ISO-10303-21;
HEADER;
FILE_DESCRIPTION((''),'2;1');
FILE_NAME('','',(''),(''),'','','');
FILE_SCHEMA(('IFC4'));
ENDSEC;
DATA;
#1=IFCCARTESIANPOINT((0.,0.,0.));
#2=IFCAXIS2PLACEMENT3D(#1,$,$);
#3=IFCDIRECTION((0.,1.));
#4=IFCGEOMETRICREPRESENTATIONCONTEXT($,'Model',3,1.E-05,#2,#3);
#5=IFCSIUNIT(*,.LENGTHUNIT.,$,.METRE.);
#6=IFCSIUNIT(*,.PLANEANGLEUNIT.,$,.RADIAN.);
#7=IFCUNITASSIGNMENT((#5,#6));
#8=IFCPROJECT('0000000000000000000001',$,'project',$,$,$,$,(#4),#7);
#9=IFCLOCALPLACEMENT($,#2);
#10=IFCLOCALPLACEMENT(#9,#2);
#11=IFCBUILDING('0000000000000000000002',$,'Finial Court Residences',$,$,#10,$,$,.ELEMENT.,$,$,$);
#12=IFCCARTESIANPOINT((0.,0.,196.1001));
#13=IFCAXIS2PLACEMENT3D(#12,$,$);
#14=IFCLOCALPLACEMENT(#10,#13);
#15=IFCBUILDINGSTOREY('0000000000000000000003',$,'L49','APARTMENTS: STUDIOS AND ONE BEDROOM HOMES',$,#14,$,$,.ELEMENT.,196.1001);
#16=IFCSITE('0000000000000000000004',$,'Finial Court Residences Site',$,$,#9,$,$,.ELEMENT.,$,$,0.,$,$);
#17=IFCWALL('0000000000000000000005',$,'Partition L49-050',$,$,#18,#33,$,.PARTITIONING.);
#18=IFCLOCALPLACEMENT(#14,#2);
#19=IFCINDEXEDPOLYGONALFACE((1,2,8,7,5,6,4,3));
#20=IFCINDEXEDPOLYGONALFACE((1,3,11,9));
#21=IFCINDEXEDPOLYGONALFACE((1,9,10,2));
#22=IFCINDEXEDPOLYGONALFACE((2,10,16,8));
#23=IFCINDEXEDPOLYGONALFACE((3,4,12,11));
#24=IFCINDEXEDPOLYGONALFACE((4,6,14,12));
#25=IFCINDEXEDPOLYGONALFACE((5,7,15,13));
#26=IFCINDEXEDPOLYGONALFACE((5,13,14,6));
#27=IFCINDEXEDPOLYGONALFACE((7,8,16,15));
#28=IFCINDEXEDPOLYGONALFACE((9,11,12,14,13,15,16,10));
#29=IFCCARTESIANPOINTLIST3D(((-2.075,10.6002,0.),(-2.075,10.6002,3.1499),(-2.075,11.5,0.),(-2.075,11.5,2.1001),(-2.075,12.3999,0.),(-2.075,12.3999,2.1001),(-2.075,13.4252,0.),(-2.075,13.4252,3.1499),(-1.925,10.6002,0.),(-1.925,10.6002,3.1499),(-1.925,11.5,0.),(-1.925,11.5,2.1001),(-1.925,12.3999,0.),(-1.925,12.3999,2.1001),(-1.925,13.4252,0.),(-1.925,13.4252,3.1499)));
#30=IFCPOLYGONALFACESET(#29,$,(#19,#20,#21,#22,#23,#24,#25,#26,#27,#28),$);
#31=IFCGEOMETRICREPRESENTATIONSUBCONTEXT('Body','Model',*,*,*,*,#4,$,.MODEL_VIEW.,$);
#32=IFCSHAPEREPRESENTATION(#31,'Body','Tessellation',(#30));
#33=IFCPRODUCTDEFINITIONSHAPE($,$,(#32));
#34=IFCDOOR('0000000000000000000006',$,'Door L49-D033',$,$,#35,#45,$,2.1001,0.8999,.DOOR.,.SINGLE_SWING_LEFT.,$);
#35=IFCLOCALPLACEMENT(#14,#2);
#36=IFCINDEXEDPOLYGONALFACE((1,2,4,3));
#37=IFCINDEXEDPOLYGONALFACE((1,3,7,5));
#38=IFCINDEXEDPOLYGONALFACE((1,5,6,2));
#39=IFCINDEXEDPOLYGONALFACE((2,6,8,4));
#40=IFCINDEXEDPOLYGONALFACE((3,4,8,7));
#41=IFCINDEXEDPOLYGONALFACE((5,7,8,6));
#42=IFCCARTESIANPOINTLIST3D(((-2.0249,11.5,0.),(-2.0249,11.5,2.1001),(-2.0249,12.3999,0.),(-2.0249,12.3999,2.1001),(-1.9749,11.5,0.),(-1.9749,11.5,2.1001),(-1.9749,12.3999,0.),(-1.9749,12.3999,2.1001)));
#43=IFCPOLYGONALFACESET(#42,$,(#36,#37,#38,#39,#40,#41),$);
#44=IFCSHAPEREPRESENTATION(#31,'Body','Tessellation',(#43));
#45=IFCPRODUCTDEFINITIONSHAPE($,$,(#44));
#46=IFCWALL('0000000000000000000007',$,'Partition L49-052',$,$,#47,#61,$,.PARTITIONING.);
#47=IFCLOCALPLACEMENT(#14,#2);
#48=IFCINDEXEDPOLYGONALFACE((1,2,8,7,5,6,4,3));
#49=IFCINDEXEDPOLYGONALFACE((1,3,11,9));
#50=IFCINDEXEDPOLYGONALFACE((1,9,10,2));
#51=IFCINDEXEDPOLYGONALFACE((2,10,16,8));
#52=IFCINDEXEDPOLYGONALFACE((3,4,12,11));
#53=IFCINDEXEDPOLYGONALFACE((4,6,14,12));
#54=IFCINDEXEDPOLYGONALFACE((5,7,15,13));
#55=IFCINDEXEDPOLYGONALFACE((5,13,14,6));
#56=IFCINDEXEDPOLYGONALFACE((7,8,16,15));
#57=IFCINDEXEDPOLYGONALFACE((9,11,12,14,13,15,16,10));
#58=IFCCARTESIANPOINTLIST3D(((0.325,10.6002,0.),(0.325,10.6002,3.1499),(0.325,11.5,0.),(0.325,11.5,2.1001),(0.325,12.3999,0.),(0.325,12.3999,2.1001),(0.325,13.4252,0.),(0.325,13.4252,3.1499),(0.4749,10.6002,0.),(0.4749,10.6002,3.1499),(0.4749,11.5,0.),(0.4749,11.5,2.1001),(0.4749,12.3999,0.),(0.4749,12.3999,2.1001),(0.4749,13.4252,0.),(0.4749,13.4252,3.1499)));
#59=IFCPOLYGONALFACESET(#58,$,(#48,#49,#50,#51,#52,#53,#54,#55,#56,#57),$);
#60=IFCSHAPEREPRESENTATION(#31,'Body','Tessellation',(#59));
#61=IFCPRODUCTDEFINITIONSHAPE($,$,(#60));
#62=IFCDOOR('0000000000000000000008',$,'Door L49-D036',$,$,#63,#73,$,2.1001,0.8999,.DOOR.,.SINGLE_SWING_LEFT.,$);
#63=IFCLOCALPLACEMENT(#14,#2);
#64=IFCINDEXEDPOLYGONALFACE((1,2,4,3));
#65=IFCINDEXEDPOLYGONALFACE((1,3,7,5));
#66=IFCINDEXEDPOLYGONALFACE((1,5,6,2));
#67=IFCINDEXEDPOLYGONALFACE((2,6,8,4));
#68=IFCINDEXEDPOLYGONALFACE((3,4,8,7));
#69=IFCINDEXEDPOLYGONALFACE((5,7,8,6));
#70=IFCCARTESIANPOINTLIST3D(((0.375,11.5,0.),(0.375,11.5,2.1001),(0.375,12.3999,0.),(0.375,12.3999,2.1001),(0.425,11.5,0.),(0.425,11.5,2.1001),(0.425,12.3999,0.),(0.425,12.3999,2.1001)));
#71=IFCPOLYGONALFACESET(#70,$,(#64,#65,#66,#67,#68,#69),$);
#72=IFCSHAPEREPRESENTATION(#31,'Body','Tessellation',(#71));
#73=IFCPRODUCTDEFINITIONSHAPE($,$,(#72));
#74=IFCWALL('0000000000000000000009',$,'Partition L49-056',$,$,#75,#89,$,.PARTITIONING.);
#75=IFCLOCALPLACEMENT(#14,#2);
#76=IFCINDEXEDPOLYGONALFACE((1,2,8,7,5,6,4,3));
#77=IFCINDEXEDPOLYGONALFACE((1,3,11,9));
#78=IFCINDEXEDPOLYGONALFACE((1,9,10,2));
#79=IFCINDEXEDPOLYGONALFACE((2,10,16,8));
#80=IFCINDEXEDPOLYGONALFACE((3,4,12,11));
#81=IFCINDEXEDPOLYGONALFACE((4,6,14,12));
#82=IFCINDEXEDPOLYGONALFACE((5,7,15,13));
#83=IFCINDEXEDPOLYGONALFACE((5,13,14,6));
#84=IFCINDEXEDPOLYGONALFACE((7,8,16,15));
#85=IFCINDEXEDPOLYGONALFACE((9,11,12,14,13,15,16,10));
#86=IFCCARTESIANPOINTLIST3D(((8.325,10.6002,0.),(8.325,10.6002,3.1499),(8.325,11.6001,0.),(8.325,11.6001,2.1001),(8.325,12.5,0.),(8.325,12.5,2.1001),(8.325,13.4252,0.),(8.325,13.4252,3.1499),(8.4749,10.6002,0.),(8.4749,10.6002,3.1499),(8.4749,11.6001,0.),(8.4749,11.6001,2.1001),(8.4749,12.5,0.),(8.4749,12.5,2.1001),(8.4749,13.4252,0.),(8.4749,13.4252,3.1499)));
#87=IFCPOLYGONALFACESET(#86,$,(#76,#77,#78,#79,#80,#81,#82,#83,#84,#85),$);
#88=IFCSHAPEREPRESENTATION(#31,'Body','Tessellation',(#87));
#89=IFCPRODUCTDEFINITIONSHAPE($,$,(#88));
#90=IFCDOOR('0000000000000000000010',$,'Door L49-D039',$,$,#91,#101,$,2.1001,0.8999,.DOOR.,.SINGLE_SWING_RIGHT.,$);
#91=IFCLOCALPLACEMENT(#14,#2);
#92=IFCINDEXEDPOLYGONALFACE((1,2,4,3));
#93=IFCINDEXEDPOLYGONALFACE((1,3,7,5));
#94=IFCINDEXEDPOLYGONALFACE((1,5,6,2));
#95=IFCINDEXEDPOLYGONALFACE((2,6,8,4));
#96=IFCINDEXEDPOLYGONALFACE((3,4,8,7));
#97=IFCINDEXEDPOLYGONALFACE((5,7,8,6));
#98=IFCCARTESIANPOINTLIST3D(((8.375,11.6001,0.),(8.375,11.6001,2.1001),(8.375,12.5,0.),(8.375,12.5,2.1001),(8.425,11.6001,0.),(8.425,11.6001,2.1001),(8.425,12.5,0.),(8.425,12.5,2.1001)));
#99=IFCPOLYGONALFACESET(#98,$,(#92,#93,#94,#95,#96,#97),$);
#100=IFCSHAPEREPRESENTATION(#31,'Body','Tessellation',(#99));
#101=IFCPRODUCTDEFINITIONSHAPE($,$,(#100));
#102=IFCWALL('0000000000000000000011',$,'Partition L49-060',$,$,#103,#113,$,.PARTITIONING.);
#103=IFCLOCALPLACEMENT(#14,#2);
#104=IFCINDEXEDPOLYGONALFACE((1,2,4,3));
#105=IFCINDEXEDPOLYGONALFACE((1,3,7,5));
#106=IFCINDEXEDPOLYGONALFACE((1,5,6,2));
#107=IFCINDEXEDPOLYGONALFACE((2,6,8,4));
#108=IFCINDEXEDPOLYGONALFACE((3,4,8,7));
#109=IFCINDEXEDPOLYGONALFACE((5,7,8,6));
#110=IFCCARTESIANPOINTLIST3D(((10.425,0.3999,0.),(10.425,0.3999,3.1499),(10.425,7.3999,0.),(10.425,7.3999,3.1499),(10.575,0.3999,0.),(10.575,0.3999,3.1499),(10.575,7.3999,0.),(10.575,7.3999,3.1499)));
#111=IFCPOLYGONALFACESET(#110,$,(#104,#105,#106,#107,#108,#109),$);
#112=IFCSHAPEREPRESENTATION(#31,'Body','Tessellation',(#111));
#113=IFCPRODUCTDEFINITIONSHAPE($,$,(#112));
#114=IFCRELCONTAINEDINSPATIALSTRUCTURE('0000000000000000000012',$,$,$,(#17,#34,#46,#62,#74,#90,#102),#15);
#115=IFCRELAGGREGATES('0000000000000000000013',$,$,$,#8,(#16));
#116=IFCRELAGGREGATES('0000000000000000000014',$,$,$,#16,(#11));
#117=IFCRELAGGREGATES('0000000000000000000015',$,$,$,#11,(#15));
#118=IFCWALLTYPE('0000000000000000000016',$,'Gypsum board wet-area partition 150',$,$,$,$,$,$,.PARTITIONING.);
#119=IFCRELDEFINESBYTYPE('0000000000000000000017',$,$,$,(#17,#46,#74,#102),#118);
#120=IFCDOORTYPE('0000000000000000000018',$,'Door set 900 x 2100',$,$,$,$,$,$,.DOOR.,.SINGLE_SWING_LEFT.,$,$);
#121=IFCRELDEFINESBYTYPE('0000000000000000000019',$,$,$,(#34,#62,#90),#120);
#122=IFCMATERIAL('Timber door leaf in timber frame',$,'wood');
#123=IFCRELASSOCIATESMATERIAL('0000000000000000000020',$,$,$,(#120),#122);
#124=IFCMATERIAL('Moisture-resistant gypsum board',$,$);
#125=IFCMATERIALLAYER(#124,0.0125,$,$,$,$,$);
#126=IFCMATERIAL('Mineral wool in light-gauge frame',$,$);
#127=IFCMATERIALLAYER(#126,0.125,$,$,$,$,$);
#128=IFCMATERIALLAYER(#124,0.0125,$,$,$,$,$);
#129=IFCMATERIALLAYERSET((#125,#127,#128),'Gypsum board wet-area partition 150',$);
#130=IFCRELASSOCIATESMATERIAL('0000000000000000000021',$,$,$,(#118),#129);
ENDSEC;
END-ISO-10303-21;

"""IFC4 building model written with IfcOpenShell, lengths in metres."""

from ifc_helpers import new_model, si_unit, direction, frame, frame_2d, origin, place, context, subcontext, project, spatial, rectangle, extrude, material, layer, layer_set, type_object, element, fill, save


model = new_model("IFC4")

# Units and contexts
model_context = context("Model", 3, precision=1e-05, world=origin(), true_north=direction((0.0, 1.0)))
body_context = subcontext(model_context, "Body", "Model", "MODEL_VIEW")
ifc_project = project(units=[si_unit("LENGTHUNIT", "METRE"), si_unit("PLANEANGLEUNIT", "RADIAN")], contexts=[model_context])

# Site, building, storey
site_placement = place(None, origin())
site = spatial("IfcSite", under=ifc_project, at=site_placement, Name="Finial Court Residences Site", CompositionType="ELEMENT", RefElevation=0.0)
building_placement = place(site_placement, origin())
building = spatial("IfcBuilding", under=site, at=building_placement, Name="Finial Court Residences", CompositionType="ELEMENT")
storey_placement = place(building_placement, frame((0.0, 0.0, 196.1001)))
storey = spatial("IfcBuildingStorey", under=building, at=storey_placement, Name="L49", Description="APARTMENTS: STUDIOS AND ONE BEDROOM HOMES", CompositionType="ELEMENT", Elevation=196.1001)

# Shared definitions
ifc_material_1 = material(Name="Mineral wool in light-gauge frame")

# Shared definitions
ifc_material_2 = material(Name="Timber door leaf in timber frame", Category="wood")
door_type = type_object("IfcDoorType", Name="Door set 900 x 2100", OperationType="SINGLE_SWING_LEFT", PredefinedType="DOOR", material=ifc_material_2)
ifc_material_3 = material(Name="Moisture-resistant gypsum board")
ifc_layer_1 = layer(ifc_material_3, 0.0125)
ifc_layer_2 = layer(ifc_material_1, 0.125)
ifc_layer_3 = layer(ifc_material_3, 0.0125)
ifc_layer_set_1 = layer_set([ifc_layer_1, ifc_layer_2, ifc_layer_3], Name="Gypsum board wet-area partition 150")
wall_type_1 = type_object("IfcWallType", Name="Gypsum board wet-area partition 150", PredefinedType="PARTITIONING", material=ifc_layer_set_1)

# Walls, openings, doors
wall_1_placement = place(storey_placement, frame((-2.0, 10.6001, 0.0), z_axis=(0.0, 0.0, 1.0), x_axis=(0.0, 1.0, 0.0)))
wall_1 = element("IfcWall", 1, at=wall_1_placement, inside=storey, type_object=wall_type_1, Name="Partition L49-050", PredefinedType="PARTITIONING", context=body_context, shape_type="SweptSolid", body=[
    extrude(rectangle(XDim=2.825, YDim=0.1499, at=frame_2d((1.4126, 0.0))), origin(), (0.0, 0.0, 1.0), 3.1499),
])
opening_1_placement = place(wall_1_placement, frame((0.8999, 0.0, 0.0)))
opening_1 = element("IfcOpeningElement", 2, at=opening_1_placement, cuts=wall_1, PredefinedType="OPENING", context=body_context, shape_type="SweptSolid", body=[
    extrude(rectangle(XDim=0.8999, YDim=2.1001, at=frame_2d((0.45, 1.05))), frame((0.0, 0.085, 0.0), z_axis=(0.0, -1.0, 0.0), x_axis=(1.0, 0.0, 0.0)), (0.0, 0.0, 1.0), 0.1699),
])
door_1_placement = place(opening_1_placement, origin())
door_1 = element("IfcDoor", 3, at=door_1_placement, inside=storey, type_object=door_type, Name="Door L49-D033", OperationType="SINGLE_SWING_LEFT", OverallHeight=2.1001, OverallWidth=0.8999, PredefinedType="DOOR", context=body_context, shape_type="SweptSolid", body=[
    extrude(rectangle(XDim=0.8999, YDim=2.1001, at=frame_2d((0.45, 1.05))), frame((0.0, 0.0249, 0.0), z_axis=(0.0, -1.0, 0.0), x_axis=(1.0, 0.0, 0.0)), (0.0, 0.0, 1.0), 0.05),
])
fill(opening_1, door_1)
wall_2_placement = place(storey_placement, frame((0.3999, 10.6001, 0.0), z_axis=(0.0, 0.0, 1.0), x_axis=(0.0, 1.0, 0.0)))
wall_2 = element("IfcWall", 4, at=wall_2_placement, inside=storey, type_object=wall_type_1, Name="Partition L49-052", PredefinedType="PARTITIONING", context=body_context, shape_type="SweptSolid", body=[
    extrude(rectangle(XDim=2.825, YDim=0.1499, at=frame_2d((1.4126, 0.0))), origin(), (0.0, 0.0, 1.0), 3.1499),
])
opening_2_placement = place(wall_2_placement, frame((0.8999, 0.0, 0.0)))
opening_2 = element("IfcOpeningElement", 5, at=opening_2_placement, cuts=wall_2, PredefinedType="OPENING", context=body_context, shape_type="SweptSolid", body=[
    extrude(rectangle(XDim=0.8999, YDim=2.1001, at=frame_2d((0.45, 1.05))), frame((0.0, 0.085, 0.0), z_axis=(0.0, -1.0, 0.0), x_axis=(1.0, 0.0, 0.0)), (0.0, 0.0, 1.0), 0.1699),
])
door_2_placement = place(opening_2_placement, origin())
door_2 = element("IfcDoor", 6, at=door_2_placement, inside=storey, type_object=door_type, Name="Door L49-D036", OperationType="SINGLE_SWING_LEFT", OverallHeight=2.1001, OverallWidth=0.8999, PredefinedType="DOOR", context=body_context, shape_type="SweptSolid", body=[
    extrude(rectangle(XDim=0.8999, YDim=2.1001, at=frame_2d((0.45, 1.05))), frame((0.0, 0.0249, 0.0), z_axis=(0.0, -1.0, 0.0), x_axis=(1.0, 0.0, 0.0)), (0.0, 0.0, 1.0), 0.05),
])
fill(opening_2, door_2)
wall_3_placement = place(storey_placement, frame((8.3999, 10.6001, 0.0), z_axis=(0.0, 0.0, 1.0), x_axis=(0.0, 1.0, 0.0)))
wall_3 = element("IfcWall", 7, at=wall_3_placement, inside=storey, type_object=wall_type_1, Name="Partition L49-056", PredefinedType="PARTITIONING", context=body_context, shape_type="SweptSolid", body=[
    extrude(rectangle(XDim=2.825, YDim=0.1499, at=frame_2d((1.4126, 0.0))), origin(), (0.0, 0.0, 1.0), 3.1499),
])
opening_3_placement = place(wall_3_placement, frame((1.0, 0.0, 0.0)))
opening_3 = element("IfcOpeningElement", 8, at=opening_3_placement, cuts=wall_3, PredefinedType="OPENING", context=body_context, shape_type="SweptSolid", body=[
    extrude(rectangle(XDim=0.8999, YDim=2.1001, at=frame_2d((0.45, 1.05))), frame((0.0, 0.085, 0.0), z_axis=(0.0, -1.0, 0.0), x_axis=(1.0, 0.0, 0.0)), (0.0, 0.0, 1.0), 0.1699),
])
door_3_placement = place(opening_3_placement, origin())
door_3 = element("IfcDoor", 9, at=door_3_placement, inside=storey, type_object=door_type, Name="Door L49-D039", OperationType="SINGLE_SWING_RIGHT", OverallHeight=2.1001, OverallWidth=0.8999, PredefinedType="DOOR", context=body_context, shape_type="SweptSolid", body=[
    extrude(rectangle(XDim=0.8999, YDim=2.1001, at=frame_2d((0.45, 1.05))), frame((0.0, 0.0249, 0.0), z_axis=(0.0, -1.0, 0.0), x_axis=(1.0, 0.0, 0.0)), (0.0, 0.0, 1.0), 0.05),
])
fill(opening_3, door_3)

# Wall
wall_4_placement = place(storey_placement, frame((10.5, 0.3999, 0.0), z_axis=(0.0, 0.0, 1.0), x_axis=(0.0, 1.0, 0.0)))
element("IfcWall", 10, at=wall_4_placement, inside=storey, type_object=wall_type_1, Name="Partition L49-060", PredefinedType="PARTITIONING", context=body_context, shape_type="SweptSolid", body=[
    extrude(rectangle(XDim=7.0, YDim=0.1499, at=frame_2d((3.5, 0.0))), origin(), (0.0, 0.0, 1.0), 3.1499),
])

save(model, "model.ifc")
